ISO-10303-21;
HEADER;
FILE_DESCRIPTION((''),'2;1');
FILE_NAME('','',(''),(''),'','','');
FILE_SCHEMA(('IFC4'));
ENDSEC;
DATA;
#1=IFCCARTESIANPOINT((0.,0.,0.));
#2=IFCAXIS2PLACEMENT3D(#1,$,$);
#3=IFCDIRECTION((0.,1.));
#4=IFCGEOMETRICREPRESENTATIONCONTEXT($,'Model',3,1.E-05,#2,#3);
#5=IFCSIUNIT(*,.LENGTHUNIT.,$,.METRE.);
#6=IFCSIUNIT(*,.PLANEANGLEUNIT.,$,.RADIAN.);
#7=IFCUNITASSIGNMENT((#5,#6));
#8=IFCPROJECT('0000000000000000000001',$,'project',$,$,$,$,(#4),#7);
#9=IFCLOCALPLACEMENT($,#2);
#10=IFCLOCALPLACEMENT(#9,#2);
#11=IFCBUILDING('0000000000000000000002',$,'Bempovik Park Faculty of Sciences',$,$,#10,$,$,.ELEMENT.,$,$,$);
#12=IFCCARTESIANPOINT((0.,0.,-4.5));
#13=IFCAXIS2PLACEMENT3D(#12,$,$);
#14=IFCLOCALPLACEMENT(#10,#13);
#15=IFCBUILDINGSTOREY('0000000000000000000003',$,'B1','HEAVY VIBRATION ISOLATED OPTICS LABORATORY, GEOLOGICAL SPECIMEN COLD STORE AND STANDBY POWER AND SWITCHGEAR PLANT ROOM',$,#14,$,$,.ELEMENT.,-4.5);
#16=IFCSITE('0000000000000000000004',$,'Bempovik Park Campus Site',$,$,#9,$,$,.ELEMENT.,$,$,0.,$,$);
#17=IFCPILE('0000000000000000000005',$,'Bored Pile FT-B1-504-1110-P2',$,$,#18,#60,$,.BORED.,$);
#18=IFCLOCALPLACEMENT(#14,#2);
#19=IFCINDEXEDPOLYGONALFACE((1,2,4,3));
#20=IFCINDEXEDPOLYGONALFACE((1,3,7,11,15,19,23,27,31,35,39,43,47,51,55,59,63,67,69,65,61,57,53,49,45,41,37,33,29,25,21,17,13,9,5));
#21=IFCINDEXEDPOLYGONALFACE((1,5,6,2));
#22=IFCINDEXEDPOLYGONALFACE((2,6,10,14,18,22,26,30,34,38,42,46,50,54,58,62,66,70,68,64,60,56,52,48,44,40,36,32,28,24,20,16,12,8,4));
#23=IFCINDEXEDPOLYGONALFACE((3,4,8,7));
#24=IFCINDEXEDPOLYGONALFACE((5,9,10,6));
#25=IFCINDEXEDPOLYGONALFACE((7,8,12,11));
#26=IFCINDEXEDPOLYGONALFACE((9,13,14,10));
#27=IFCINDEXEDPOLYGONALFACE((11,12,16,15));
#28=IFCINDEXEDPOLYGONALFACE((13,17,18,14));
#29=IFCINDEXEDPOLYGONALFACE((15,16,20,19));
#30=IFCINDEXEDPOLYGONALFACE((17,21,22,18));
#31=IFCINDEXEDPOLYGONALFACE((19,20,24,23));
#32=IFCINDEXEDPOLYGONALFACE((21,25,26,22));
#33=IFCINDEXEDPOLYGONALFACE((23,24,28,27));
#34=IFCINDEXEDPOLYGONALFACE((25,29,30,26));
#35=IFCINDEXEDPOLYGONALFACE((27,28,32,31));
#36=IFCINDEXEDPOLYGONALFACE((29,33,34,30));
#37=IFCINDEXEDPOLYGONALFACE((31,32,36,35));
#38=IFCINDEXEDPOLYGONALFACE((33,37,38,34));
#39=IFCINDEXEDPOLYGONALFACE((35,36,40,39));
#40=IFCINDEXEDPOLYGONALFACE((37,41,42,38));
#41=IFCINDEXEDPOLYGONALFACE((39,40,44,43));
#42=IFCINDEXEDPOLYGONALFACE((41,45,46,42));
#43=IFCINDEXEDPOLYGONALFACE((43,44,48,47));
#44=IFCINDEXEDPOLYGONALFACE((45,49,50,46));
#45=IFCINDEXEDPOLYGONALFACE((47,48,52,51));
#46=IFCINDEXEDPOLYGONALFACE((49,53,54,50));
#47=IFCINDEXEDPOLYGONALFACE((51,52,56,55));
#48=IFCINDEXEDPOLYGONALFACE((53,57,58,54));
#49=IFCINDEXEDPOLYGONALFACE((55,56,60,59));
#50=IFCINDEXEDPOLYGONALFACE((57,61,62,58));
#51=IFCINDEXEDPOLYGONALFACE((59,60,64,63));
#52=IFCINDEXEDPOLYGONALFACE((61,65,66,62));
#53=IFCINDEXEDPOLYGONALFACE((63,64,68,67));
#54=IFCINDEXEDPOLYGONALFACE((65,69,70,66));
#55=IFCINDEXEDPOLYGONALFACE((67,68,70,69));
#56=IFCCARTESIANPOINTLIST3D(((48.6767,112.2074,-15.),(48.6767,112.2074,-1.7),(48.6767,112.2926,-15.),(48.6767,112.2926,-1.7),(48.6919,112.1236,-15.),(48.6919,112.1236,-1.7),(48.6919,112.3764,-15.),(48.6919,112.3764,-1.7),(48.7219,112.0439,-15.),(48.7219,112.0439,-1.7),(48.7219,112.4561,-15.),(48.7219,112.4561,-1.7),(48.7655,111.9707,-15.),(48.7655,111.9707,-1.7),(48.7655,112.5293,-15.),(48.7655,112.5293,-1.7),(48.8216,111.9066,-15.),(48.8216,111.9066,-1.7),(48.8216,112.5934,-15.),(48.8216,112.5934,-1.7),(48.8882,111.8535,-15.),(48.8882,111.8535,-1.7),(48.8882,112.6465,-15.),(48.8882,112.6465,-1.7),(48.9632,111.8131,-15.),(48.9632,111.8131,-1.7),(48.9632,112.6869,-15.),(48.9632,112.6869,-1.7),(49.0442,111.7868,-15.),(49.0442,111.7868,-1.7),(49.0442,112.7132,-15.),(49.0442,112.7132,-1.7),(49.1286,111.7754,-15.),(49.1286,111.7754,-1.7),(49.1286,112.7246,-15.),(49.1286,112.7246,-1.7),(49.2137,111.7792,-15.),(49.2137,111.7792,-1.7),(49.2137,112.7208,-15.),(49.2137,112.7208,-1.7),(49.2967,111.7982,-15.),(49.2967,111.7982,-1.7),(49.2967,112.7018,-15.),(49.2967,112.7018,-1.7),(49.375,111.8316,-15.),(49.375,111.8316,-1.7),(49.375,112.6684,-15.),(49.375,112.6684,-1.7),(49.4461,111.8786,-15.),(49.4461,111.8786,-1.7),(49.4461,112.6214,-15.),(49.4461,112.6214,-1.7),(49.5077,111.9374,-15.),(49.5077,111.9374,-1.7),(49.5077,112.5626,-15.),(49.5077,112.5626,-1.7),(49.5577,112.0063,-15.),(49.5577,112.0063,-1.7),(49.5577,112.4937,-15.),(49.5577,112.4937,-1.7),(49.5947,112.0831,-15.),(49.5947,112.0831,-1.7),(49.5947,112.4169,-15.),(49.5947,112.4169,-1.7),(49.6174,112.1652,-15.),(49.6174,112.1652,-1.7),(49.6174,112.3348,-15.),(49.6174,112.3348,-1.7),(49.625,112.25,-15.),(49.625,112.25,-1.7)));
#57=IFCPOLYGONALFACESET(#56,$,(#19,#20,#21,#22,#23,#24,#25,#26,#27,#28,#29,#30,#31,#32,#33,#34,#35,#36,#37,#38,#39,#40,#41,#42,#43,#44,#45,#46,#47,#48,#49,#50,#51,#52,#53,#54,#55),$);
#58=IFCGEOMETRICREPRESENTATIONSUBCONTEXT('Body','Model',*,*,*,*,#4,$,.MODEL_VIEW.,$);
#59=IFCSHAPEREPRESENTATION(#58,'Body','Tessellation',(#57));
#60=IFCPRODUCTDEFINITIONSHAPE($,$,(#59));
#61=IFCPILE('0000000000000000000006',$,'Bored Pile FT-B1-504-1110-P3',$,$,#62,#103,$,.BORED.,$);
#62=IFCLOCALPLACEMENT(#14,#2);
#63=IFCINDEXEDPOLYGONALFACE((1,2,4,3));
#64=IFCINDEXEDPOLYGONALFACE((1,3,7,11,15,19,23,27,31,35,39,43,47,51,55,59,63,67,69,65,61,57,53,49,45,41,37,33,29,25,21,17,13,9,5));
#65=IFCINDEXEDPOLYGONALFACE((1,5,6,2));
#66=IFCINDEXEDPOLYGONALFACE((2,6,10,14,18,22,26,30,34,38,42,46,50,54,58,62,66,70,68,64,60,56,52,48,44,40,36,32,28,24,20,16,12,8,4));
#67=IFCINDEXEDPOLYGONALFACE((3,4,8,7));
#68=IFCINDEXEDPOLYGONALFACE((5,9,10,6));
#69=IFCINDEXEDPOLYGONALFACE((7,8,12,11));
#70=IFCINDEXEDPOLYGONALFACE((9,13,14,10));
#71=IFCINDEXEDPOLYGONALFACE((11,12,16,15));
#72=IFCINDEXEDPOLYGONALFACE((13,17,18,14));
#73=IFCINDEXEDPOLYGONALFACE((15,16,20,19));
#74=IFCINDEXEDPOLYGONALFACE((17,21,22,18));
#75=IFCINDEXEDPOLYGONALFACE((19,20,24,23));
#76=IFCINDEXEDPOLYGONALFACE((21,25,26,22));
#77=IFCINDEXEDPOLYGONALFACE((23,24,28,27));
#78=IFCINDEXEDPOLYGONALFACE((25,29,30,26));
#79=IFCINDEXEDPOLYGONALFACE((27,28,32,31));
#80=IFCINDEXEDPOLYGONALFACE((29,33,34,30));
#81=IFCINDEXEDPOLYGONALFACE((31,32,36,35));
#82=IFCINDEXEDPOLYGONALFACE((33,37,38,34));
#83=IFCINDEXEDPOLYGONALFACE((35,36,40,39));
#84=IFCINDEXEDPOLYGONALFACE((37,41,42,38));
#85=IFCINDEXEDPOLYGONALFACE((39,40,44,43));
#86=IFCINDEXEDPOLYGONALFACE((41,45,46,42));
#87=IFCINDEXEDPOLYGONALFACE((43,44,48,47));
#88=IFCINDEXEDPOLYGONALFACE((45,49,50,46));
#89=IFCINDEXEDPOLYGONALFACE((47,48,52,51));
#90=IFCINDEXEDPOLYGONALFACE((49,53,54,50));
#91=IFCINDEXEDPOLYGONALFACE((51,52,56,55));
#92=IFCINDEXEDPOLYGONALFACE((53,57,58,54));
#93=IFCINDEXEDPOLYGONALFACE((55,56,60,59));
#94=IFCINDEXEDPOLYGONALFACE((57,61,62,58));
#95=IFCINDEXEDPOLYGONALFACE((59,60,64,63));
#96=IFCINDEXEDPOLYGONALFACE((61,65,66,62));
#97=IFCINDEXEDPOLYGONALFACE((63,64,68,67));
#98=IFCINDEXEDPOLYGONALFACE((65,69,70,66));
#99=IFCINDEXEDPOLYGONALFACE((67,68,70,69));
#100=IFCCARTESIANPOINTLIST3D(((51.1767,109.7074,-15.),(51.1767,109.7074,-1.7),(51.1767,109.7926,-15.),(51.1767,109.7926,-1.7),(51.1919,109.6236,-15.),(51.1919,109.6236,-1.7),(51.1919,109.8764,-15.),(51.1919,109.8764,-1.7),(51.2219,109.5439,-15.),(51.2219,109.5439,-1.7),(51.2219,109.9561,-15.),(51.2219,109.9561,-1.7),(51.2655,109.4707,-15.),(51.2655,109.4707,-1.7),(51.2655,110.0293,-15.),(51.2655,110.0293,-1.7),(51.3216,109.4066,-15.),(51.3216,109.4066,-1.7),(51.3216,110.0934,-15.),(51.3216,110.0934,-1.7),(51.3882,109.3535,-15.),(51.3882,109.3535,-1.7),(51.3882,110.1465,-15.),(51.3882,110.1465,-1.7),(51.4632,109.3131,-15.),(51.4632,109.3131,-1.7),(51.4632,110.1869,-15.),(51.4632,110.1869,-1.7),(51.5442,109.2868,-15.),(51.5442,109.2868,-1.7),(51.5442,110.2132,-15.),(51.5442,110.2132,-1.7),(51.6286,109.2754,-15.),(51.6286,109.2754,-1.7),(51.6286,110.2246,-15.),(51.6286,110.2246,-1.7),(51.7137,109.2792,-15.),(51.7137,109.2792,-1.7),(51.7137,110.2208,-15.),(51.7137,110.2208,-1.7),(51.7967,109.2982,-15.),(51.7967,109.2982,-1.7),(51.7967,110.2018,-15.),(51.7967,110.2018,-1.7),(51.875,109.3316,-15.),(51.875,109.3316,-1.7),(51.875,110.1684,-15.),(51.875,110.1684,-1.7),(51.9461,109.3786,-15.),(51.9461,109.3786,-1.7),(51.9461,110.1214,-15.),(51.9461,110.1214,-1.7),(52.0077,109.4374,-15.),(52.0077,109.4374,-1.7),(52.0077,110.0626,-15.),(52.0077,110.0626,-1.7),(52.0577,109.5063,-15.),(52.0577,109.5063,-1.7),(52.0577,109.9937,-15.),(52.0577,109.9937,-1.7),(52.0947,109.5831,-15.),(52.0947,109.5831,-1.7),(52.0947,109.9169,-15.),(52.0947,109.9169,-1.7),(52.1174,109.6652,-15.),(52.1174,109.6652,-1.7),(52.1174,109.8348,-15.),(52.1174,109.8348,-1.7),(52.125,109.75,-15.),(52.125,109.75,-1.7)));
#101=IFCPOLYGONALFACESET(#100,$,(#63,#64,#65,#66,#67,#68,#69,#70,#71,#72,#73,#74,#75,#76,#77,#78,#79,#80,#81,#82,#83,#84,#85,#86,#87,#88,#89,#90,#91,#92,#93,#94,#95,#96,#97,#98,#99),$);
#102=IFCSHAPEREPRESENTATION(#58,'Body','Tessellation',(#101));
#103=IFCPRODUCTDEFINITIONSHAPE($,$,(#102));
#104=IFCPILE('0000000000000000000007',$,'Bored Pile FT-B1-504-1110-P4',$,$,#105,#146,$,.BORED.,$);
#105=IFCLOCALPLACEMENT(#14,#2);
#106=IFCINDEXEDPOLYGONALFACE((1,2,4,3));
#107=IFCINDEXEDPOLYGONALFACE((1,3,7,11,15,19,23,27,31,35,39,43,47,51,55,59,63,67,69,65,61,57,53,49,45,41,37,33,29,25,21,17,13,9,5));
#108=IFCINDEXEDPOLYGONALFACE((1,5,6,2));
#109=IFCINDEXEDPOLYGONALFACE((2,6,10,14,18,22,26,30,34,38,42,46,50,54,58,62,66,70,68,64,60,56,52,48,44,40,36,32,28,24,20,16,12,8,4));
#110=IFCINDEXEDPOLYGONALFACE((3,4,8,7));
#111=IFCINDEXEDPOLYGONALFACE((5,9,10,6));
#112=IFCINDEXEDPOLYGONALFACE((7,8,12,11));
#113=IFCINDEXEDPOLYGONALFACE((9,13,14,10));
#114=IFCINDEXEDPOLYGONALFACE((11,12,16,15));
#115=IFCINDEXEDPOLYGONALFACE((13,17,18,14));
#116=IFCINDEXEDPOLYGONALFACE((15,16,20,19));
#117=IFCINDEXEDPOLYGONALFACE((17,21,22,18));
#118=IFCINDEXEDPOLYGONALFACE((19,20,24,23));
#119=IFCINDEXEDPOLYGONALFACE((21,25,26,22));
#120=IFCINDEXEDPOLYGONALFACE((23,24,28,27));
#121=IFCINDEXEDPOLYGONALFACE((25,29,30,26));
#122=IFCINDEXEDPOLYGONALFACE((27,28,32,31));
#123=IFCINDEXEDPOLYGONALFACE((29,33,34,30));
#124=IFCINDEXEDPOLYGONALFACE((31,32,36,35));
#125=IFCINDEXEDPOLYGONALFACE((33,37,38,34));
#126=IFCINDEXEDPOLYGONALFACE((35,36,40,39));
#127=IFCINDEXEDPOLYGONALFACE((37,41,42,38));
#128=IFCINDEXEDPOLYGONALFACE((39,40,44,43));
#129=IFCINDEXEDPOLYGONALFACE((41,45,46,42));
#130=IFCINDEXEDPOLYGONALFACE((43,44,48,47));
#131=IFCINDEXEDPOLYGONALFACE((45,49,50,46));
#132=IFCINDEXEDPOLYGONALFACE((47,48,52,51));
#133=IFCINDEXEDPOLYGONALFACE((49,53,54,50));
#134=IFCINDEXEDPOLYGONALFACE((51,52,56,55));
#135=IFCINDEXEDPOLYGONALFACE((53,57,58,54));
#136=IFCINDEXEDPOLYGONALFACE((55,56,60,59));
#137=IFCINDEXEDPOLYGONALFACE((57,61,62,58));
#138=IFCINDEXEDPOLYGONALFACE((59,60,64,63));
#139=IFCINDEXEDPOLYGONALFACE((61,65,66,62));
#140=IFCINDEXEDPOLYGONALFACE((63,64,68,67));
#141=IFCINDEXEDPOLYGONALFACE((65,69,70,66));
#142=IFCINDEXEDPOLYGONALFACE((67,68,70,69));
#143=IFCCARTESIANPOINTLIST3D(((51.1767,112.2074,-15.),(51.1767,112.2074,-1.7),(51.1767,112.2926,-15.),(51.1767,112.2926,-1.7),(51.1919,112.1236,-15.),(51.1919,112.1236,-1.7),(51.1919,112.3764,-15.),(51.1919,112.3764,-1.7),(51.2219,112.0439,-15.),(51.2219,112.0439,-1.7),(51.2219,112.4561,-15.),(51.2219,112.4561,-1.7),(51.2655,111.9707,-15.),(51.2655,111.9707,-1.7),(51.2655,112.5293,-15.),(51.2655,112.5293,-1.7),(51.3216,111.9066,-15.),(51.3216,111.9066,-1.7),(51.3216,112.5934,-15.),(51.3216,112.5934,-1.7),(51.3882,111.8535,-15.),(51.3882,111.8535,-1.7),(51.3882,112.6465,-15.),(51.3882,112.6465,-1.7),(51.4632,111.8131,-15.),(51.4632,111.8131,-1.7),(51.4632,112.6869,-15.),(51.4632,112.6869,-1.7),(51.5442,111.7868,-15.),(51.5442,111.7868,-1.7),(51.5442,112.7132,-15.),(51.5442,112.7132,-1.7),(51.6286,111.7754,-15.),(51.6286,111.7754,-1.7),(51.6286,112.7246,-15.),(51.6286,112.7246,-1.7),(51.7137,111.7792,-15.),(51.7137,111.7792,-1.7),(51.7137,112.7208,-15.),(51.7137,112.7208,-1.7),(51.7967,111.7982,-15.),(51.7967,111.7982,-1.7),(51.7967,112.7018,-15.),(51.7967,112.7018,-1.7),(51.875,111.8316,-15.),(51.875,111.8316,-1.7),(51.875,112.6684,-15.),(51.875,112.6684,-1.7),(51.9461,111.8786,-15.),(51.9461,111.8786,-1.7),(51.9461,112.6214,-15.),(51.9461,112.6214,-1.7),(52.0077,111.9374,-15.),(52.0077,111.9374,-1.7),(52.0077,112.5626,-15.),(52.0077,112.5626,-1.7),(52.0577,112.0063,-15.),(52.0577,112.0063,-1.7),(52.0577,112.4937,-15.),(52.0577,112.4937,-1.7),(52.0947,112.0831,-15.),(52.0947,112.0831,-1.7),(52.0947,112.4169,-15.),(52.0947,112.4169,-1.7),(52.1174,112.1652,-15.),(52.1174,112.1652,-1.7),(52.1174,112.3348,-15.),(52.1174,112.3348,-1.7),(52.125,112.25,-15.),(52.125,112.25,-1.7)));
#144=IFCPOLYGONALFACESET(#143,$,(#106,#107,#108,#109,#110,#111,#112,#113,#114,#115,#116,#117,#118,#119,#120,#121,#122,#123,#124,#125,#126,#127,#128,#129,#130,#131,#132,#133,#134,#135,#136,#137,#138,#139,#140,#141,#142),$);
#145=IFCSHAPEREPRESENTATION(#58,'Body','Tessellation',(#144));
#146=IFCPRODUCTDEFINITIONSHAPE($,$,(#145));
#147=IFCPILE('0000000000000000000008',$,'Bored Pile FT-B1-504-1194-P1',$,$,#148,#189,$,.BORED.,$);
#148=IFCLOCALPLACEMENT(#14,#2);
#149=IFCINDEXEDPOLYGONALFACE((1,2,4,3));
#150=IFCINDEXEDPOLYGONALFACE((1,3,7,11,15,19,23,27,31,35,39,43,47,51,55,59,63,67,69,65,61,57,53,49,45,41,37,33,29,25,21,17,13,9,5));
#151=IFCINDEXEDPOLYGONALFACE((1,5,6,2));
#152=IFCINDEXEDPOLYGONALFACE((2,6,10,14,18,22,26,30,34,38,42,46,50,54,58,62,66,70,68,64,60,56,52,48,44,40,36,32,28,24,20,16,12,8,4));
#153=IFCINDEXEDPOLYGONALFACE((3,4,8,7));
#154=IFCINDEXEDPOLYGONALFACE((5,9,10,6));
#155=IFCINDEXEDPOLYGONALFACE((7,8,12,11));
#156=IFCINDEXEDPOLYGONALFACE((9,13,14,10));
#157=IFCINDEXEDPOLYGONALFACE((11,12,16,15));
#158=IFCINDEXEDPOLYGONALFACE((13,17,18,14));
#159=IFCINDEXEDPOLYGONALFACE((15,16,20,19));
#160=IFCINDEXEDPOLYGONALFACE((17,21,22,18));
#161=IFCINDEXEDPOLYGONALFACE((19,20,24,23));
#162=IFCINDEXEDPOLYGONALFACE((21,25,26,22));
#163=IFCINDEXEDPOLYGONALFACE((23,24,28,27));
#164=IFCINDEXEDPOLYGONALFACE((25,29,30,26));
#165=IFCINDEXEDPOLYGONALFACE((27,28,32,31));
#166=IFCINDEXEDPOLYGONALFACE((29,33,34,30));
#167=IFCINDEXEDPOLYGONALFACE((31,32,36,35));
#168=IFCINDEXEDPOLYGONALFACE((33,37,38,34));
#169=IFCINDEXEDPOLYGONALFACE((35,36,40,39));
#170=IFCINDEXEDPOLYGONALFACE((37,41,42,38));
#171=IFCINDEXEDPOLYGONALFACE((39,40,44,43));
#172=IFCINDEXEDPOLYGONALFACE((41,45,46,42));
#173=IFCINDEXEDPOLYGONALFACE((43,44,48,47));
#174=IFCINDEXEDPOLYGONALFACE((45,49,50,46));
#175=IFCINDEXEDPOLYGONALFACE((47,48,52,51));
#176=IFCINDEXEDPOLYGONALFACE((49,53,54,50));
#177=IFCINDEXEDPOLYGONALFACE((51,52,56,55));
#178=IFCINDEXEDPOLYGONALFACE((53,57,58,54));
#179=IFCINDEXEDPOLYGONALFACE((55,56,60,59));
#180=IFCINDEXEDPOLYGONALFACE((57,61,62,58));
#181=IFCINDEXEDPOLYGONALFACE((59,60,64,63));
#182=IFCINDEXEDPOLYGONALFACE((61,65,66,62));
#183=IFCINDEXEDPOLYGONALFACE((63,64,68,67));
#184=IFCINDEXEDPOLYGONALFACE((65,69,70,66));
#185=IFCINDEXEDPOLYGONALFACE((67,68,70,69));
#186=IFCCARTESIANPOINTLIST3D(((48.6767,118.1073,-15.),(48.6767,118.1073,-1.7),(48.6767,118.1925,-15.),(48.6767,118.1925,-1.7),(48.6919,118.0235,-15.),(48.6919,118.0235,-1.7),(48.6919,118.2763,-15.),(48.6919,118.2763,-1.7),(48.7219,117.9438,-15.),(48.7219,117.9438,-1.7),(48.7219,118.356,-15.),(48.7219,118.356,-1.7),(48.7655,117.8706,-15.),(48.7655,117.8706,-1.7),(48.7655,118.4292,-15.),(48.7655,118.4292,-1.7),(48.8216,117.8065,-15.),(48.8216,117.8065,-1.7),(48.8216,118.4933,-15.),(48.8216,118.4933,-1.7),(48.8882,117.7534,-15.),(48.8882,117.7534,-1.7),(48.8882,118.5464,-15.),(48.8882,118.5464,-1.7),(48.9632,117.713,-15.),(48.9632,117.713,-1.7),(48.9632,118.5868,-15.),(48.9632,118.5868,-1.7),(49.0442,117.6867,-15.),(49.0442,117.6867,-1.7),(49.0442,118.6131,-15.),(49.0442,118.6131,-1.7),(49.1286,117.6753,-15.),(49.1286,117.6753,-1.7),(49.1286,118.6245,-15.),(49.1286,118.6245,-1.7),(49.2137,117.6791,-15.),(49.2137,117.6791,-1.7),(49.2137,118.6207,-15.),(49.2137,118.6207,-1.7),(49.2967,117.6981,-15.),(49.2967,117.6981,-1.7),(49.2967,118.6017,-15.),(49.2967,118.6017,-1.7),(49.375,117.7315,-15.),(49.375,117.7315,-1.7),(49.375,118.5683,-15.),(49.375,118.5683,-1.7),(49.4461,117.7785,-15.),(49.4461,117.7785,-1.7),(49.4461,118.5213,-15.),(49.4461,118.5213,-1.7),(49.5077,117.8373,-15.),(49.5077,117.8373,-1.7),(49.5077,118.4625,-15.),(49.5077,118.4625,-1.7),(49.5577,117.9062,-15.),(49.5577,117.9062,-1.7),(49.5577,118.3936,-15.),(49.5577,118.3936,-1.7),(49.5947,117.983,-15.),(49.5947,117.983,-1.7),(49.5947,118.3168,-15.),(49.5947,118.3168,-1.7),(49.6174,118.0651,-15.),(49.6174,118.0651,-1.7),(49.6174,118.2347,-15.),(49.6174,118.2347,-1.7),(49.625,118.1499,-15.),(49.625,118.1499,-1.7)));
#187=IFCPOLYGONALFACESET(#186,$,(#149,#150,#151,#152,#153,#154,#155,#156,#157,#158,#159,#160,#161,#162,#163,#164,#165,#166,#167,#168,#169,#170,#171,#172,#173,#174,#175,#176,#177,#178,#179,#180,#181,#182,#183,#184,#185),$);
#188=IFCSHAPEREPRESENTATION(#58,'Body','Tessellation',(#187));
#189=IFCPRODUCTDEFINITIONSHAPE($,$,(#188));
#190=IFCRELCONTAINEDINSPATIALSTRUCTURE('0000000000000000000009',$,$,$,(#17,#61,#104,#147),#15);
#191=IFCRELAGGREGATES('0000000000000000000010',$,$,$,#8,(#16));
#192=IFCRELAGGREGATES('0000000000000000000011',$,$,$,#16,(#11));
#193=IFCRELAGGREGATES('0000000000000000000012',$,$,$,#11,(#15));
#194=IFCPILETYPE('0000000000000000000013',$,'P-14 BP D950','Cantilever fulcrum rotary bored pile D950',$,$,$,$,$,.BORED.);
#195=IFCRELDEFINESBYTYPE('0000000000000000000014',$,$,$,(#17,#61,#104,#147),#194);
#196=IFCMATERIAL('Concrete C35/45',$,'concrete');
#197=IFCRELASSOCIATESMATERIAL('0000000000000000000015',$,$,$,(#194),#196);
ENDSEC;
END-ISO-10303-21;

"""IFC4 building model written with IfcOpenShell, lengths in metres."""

from ifc_helpers import new_model, si_unit, direction, frame, origin, origin_2d, place, context, subcontext, project, spatial, circle, extrude, material, material_profile, profile_set, type_object, element, save


model = new_model("IFC4")

# Units and contexts
model_context = context("Model", 3, precision=1e-05, world=origin(), true_north=direction((0.0, 1.0)))
body_context = subcontext(model_context, "Body", "Model", "MODEL_VIEW")
ifc_project = project(units=[si_unit("LENGTHUNIT", "METRE"), si_unit("PLANEANGLEUNIT", "RADIAN")], contexts=[model_context])

# Site, building, storey
site_placement = place(None, origin())
site = spatial("IfcSite", under=ifc_project, at=site_placement, Name="Bempovik Park Campus Site", CompositionType="ELEMENT", RefElevation=0.0)
building_placement = place(site_placement, origin())
building = spatial("IfcBuilding", under=site, at=building_placement, Name="Bempovik Park Faculty of Sciences", CompositionType="ELEMENT")
storey_placement = place(building_placement, frame((0.0, 0.0, -4.5)))
storey = spatial("IfcBuildingStorey", under=building, at=storey_placement, Name="B1", Description="HEAVY VIBRATION ISOLATED OPTICS LABORATORY, GEOLOGICAL SPECIMEN COLD STORE AND STANDBY POWER AND SWITCHGEAR PLANT ROOM", CompositionType="ELEMENT", Elevation=-4.5)

# Shared definitions
ifc_material_1 = material(Name="Concrete C35/45", Category="concrete")

# Piles
ifc_material_profile_1 = material_profile(ifc_material_1, circle(Radius=0.4751, at=origin_2d()), Name="BP D950")
ifc_profile_set_1 = profile_set([ifc_material_profile_1], Name="Concrete C35/45")
pile_type = type_object("IfcPileType", Name="P-14 BP D950", Description="Cantilever fulcrum rotary bored pile D950", PredefinedType="BORED", material=ifc_profile_set_1)
for number, where, z_axis, x_axis, name in (
    (1, (49.1499, 112.25, -1.7), (0.0, 0.0, -1.0), (1.0, 0.0, 0.0), "Bored Pile FT-B1-504-1110-P2"),
    (2, (51.6499, 109.75, -1.7), (0.0, 0.0, -1.0), (1.0, 0.0, 0.0), "Bored Pile FT-B1-504-1110-P3"),
    (3, (51.6499, 112.25, -1.7), (0.0, 0.0, -1.0), (1.0, 0.0, 0.0), "Bored Pile FT-B1-504-1110-P4"),
    (4, (49.1499, 118.1499, -1.7), (0.0, 0.0, -1.0), (1.0, 0.0, 0.0), "Bored Pile FT-B1-504-1194-P1"),
):
    element("IfcPile", number, at=place(storey_placement, frame(where, z_axis=z_axis, x_axis=x_axis)), inside=storey, type_object=pile_type, Name=name, PredefinedType="BORED", context=body_context, shape_type="SweptSolid", body=[
        extrude(circle(Radius=0.4751, at=origin_2d()), origin(), (0.0, 0.0, 1.0), 13.3),
    ])

save(model, "model.ifc")
